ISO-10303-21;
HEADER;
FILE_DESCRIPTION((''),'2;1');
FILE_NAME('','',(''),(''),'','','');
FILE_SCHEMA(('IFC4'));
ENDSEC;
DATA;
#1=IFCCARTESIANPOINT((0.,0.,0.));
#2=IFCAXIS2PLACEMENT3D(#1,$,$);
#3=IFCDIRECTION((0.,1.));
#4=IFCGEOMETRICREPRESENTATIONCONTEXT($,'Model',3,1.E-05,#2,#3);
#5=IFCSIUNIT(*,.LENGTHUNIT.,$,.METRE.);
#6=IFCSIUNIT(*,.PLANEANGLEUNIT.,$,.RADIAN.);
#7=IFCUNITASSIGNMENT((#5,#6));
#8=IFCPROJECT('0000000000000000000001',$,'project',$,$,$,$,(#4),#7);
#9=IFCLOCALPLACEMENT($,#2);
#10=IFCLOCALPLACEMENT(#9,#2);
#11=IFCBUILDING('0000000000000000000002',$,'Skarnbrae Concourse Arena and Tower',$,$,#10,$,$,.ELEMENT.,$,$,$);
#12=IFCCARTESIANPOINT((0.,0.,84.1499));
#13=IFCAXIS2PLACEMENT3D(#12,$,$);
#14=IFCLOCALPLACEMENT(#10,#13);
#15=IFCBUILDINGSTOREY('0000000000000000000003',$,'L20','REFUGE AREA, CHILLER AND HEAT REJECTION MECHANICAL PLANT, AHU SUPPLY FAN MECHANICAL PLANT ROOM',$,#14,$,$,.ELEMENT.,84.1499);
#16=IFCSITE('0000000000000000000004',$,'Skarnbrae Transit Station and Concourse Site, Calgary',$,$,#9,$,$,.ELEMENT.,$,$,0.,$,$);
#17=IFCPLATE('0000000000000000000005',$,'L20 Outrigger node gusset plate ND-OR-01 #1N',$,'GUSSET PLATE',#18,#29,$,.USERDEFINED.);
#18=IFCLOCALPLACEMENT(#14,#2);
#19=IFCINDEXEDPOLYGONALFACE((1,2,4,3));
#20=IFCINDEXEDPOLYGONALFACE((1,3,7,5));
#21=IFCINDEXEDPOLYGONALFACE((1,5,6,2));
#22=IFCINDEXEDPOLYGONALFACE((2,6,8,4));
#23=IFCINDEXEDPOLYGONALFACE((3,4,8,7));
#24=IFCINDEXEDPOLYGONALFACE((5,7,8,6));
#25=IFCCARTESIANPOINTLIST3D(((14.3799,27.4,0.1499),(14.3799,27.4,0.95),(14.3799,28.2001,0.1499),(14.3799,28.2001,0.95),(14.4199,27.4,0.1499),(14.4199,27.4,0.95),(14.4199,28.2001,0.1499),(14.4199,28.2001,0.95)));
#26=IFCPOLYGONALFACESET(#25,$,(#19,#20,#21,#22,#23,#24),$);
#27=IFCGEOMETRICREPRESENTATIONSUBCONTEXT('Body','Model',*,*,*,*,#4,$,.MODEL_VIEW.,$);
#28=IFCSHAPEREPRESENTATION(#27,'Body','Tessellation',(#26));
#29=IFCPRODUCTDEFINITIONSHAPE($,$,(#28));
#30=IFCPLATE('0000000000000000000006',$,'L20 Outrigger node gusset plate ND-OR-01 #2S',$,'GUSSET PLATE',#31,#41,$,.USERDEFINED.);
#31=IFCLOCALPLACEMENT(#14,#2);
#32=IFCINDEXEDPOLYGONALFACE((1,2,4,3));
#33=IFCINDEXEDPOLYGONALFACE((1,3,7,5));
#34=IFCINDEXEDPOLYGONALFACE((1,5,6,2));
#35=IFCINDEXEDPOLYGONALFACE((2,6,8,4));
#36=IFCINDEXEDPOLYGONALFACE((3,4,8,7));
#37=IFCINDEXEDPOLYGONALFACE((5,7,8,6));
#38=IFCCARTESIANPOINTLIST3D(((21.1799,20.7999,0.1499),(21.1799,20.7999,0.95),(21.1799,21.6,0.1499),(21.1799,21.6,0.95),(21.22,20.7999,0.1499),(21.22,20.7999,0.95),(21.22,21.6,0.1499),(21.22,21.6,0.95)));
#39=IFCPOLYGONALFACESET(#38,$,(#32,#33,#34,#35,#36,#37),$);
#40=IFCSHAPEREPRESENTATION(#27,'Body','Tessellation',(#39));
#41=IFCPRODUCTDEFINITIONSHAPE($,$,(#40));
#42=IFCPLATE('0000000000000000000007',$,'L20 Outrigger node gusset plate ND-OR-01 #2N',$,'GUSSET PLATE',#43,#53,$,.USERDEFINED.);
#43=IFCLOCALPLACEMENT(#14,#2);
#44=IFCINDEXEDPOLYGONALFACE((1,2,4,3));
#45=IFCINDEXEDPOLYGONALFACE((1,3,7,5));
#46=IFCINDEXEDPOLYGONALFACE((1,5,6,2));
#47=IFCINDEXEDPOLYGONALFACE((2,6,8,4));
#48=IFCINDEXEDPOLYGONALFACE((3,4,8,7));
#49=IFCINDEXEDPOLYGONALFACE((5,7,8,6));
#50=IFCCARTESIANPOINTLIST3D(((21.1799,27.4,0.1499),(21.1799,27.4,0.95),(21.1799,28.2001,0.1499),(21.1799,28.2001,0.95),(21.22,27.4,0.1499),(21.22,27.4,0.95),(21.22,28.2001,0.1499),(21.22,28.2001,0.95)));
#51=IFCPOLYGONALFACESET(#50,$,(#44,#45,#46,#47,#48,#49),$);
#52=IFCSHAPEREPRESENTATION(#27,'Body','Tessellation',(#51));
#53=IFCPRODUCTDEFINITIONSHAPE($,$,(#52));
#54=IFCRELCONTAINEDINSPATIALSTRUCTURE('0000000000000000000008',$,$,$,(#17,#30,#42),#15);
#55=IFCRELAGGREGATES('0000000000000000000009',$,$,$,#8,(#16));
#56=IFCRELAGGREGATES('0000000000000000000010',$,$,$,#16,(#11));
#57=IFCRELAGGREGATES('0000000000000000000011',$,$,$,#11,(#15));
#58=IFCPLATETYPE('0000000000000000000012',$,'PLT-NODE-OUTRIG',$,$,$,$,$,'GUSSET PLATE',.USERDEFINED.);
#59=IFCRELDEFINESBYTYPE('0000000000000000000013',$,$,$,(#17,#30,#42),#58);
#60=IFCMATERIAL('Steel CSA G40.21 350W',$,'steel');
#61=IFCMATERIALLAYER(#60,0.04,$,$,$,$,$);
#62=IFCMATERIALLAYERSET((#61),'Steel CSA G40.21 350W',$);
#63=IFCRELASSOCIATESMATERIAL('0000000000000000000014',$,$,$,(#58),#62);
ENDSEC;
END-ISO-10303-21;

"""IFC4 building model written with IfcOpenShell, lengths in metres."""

from ifc_helpers import new_model, si_unit, direction, frame, origin, origin_2d, place, context, subcontext, project, spatial, rectangle, extrude, source, transform, mapped, material, layer, layer_set, type_object, element, save


model = new_model("IFC4")

# Units and contexts
model_context = context("Model", 3, precision=1e-05, world=origin(), true_north=direction((0.0, 1.0)))
body_context = subcontext(model_context, "Body", "Model", "MODEL_VIEW")
ifc_project = project(units=[si_unit("LENGTHUNIT", "METRE"), si_unit("PLANEANGLEUNIT", "RADIAN")], contexts=[model_context])

# Site, building, storey
site_placement = place(None, origin())
site = spatial("IfcSite", under=ifc_project, at=site_placement, Name="Skarnbrae Transit Station and Concourse Site, Calgary", CompositionType="ELEMENT", RefElevation=0.0)
building_placement = place(site_placement, origin())
building = spatial("IfcBuilding", under=site, at=building_placement, Name="Skarnbrae Concourse Arena and Tower", CompositionType="ELEMENT")
storey_placement = place(building_placement, frame((0.0, 0.0, 84.1499)))
storey = spatial("IfcBuildingStorey", under=building, at=storey_placement, Name="L20", Description="REFUGE AREA, CHILLER AND HEAT REJECTION MECHANICAL PLANT, AHU SUPPLY FAN MECHANICAL PLANT ROOM", CompositionType="ELEMENT", Elevation=84.1499)

# Shared definitions
ifc_material = material(Name="Steel CSA G40.21 350W", Category="steel")

# Plates
ifc_layer_1 = layer(ifc_material, 0.04)
ifc_layer_set_1 = layer_set([ifc_layer_1], Name="Steel CSA G40.21 350W")
plate_type_1 = type_object("IfcPlateType", Name="PLT-NODE-OUTRIG", ElementType="GUSSET PLATE", PredefinedType="USERDEFINED", material=ifc_layer_set_1)
shared_shape_1 = source(origin(), body_context, "Body", "SweptSolid", [
    extrude(rectangle(XDim=0.8, YDim=0.04, at=origin_2d()), origin(), (0.0, 0.0, 1.0), 0.8),
])
for number, where, z_axis, x_axis, name in (
    (1, (14.3999, 27.8, 0.1499), (0.0, 0.0, 1.0), (0.0, 1.0, 0.0), "L20 Outrigger node gusset plate ND-OR-01 #1N"),
    (2, (21.2, 21.2, 0.1499), (0.0, 0.0, 1.0), (0.0, 1.0, 0.0), "L20 Outrigger node gusset plate ND-OR-01 #2S"),
    (3, (21.2, 27.8, 0.1499), (0.0, 0.0, 1.0), (0.0, 1.0, 0.0), "L20 Outrigger node gusset plate ND-OR-01 #2N"),
):
    element("IfcPlate", number, at=place(storey_placement, frame(where, z_axis=z_axis, x_axis=x_axis)), inside=storey, type_object=plate_type_1, Name=name, ObjectType="GUSSET PLATE", PredefinedType="USERDEFINED", context=body_context, shape_type="MappedRepresentation", body=[
        mapped(shared_shape_1, transform((0.0, 0.0, 0.0))),
    ])

save(model, "model.ifc")
